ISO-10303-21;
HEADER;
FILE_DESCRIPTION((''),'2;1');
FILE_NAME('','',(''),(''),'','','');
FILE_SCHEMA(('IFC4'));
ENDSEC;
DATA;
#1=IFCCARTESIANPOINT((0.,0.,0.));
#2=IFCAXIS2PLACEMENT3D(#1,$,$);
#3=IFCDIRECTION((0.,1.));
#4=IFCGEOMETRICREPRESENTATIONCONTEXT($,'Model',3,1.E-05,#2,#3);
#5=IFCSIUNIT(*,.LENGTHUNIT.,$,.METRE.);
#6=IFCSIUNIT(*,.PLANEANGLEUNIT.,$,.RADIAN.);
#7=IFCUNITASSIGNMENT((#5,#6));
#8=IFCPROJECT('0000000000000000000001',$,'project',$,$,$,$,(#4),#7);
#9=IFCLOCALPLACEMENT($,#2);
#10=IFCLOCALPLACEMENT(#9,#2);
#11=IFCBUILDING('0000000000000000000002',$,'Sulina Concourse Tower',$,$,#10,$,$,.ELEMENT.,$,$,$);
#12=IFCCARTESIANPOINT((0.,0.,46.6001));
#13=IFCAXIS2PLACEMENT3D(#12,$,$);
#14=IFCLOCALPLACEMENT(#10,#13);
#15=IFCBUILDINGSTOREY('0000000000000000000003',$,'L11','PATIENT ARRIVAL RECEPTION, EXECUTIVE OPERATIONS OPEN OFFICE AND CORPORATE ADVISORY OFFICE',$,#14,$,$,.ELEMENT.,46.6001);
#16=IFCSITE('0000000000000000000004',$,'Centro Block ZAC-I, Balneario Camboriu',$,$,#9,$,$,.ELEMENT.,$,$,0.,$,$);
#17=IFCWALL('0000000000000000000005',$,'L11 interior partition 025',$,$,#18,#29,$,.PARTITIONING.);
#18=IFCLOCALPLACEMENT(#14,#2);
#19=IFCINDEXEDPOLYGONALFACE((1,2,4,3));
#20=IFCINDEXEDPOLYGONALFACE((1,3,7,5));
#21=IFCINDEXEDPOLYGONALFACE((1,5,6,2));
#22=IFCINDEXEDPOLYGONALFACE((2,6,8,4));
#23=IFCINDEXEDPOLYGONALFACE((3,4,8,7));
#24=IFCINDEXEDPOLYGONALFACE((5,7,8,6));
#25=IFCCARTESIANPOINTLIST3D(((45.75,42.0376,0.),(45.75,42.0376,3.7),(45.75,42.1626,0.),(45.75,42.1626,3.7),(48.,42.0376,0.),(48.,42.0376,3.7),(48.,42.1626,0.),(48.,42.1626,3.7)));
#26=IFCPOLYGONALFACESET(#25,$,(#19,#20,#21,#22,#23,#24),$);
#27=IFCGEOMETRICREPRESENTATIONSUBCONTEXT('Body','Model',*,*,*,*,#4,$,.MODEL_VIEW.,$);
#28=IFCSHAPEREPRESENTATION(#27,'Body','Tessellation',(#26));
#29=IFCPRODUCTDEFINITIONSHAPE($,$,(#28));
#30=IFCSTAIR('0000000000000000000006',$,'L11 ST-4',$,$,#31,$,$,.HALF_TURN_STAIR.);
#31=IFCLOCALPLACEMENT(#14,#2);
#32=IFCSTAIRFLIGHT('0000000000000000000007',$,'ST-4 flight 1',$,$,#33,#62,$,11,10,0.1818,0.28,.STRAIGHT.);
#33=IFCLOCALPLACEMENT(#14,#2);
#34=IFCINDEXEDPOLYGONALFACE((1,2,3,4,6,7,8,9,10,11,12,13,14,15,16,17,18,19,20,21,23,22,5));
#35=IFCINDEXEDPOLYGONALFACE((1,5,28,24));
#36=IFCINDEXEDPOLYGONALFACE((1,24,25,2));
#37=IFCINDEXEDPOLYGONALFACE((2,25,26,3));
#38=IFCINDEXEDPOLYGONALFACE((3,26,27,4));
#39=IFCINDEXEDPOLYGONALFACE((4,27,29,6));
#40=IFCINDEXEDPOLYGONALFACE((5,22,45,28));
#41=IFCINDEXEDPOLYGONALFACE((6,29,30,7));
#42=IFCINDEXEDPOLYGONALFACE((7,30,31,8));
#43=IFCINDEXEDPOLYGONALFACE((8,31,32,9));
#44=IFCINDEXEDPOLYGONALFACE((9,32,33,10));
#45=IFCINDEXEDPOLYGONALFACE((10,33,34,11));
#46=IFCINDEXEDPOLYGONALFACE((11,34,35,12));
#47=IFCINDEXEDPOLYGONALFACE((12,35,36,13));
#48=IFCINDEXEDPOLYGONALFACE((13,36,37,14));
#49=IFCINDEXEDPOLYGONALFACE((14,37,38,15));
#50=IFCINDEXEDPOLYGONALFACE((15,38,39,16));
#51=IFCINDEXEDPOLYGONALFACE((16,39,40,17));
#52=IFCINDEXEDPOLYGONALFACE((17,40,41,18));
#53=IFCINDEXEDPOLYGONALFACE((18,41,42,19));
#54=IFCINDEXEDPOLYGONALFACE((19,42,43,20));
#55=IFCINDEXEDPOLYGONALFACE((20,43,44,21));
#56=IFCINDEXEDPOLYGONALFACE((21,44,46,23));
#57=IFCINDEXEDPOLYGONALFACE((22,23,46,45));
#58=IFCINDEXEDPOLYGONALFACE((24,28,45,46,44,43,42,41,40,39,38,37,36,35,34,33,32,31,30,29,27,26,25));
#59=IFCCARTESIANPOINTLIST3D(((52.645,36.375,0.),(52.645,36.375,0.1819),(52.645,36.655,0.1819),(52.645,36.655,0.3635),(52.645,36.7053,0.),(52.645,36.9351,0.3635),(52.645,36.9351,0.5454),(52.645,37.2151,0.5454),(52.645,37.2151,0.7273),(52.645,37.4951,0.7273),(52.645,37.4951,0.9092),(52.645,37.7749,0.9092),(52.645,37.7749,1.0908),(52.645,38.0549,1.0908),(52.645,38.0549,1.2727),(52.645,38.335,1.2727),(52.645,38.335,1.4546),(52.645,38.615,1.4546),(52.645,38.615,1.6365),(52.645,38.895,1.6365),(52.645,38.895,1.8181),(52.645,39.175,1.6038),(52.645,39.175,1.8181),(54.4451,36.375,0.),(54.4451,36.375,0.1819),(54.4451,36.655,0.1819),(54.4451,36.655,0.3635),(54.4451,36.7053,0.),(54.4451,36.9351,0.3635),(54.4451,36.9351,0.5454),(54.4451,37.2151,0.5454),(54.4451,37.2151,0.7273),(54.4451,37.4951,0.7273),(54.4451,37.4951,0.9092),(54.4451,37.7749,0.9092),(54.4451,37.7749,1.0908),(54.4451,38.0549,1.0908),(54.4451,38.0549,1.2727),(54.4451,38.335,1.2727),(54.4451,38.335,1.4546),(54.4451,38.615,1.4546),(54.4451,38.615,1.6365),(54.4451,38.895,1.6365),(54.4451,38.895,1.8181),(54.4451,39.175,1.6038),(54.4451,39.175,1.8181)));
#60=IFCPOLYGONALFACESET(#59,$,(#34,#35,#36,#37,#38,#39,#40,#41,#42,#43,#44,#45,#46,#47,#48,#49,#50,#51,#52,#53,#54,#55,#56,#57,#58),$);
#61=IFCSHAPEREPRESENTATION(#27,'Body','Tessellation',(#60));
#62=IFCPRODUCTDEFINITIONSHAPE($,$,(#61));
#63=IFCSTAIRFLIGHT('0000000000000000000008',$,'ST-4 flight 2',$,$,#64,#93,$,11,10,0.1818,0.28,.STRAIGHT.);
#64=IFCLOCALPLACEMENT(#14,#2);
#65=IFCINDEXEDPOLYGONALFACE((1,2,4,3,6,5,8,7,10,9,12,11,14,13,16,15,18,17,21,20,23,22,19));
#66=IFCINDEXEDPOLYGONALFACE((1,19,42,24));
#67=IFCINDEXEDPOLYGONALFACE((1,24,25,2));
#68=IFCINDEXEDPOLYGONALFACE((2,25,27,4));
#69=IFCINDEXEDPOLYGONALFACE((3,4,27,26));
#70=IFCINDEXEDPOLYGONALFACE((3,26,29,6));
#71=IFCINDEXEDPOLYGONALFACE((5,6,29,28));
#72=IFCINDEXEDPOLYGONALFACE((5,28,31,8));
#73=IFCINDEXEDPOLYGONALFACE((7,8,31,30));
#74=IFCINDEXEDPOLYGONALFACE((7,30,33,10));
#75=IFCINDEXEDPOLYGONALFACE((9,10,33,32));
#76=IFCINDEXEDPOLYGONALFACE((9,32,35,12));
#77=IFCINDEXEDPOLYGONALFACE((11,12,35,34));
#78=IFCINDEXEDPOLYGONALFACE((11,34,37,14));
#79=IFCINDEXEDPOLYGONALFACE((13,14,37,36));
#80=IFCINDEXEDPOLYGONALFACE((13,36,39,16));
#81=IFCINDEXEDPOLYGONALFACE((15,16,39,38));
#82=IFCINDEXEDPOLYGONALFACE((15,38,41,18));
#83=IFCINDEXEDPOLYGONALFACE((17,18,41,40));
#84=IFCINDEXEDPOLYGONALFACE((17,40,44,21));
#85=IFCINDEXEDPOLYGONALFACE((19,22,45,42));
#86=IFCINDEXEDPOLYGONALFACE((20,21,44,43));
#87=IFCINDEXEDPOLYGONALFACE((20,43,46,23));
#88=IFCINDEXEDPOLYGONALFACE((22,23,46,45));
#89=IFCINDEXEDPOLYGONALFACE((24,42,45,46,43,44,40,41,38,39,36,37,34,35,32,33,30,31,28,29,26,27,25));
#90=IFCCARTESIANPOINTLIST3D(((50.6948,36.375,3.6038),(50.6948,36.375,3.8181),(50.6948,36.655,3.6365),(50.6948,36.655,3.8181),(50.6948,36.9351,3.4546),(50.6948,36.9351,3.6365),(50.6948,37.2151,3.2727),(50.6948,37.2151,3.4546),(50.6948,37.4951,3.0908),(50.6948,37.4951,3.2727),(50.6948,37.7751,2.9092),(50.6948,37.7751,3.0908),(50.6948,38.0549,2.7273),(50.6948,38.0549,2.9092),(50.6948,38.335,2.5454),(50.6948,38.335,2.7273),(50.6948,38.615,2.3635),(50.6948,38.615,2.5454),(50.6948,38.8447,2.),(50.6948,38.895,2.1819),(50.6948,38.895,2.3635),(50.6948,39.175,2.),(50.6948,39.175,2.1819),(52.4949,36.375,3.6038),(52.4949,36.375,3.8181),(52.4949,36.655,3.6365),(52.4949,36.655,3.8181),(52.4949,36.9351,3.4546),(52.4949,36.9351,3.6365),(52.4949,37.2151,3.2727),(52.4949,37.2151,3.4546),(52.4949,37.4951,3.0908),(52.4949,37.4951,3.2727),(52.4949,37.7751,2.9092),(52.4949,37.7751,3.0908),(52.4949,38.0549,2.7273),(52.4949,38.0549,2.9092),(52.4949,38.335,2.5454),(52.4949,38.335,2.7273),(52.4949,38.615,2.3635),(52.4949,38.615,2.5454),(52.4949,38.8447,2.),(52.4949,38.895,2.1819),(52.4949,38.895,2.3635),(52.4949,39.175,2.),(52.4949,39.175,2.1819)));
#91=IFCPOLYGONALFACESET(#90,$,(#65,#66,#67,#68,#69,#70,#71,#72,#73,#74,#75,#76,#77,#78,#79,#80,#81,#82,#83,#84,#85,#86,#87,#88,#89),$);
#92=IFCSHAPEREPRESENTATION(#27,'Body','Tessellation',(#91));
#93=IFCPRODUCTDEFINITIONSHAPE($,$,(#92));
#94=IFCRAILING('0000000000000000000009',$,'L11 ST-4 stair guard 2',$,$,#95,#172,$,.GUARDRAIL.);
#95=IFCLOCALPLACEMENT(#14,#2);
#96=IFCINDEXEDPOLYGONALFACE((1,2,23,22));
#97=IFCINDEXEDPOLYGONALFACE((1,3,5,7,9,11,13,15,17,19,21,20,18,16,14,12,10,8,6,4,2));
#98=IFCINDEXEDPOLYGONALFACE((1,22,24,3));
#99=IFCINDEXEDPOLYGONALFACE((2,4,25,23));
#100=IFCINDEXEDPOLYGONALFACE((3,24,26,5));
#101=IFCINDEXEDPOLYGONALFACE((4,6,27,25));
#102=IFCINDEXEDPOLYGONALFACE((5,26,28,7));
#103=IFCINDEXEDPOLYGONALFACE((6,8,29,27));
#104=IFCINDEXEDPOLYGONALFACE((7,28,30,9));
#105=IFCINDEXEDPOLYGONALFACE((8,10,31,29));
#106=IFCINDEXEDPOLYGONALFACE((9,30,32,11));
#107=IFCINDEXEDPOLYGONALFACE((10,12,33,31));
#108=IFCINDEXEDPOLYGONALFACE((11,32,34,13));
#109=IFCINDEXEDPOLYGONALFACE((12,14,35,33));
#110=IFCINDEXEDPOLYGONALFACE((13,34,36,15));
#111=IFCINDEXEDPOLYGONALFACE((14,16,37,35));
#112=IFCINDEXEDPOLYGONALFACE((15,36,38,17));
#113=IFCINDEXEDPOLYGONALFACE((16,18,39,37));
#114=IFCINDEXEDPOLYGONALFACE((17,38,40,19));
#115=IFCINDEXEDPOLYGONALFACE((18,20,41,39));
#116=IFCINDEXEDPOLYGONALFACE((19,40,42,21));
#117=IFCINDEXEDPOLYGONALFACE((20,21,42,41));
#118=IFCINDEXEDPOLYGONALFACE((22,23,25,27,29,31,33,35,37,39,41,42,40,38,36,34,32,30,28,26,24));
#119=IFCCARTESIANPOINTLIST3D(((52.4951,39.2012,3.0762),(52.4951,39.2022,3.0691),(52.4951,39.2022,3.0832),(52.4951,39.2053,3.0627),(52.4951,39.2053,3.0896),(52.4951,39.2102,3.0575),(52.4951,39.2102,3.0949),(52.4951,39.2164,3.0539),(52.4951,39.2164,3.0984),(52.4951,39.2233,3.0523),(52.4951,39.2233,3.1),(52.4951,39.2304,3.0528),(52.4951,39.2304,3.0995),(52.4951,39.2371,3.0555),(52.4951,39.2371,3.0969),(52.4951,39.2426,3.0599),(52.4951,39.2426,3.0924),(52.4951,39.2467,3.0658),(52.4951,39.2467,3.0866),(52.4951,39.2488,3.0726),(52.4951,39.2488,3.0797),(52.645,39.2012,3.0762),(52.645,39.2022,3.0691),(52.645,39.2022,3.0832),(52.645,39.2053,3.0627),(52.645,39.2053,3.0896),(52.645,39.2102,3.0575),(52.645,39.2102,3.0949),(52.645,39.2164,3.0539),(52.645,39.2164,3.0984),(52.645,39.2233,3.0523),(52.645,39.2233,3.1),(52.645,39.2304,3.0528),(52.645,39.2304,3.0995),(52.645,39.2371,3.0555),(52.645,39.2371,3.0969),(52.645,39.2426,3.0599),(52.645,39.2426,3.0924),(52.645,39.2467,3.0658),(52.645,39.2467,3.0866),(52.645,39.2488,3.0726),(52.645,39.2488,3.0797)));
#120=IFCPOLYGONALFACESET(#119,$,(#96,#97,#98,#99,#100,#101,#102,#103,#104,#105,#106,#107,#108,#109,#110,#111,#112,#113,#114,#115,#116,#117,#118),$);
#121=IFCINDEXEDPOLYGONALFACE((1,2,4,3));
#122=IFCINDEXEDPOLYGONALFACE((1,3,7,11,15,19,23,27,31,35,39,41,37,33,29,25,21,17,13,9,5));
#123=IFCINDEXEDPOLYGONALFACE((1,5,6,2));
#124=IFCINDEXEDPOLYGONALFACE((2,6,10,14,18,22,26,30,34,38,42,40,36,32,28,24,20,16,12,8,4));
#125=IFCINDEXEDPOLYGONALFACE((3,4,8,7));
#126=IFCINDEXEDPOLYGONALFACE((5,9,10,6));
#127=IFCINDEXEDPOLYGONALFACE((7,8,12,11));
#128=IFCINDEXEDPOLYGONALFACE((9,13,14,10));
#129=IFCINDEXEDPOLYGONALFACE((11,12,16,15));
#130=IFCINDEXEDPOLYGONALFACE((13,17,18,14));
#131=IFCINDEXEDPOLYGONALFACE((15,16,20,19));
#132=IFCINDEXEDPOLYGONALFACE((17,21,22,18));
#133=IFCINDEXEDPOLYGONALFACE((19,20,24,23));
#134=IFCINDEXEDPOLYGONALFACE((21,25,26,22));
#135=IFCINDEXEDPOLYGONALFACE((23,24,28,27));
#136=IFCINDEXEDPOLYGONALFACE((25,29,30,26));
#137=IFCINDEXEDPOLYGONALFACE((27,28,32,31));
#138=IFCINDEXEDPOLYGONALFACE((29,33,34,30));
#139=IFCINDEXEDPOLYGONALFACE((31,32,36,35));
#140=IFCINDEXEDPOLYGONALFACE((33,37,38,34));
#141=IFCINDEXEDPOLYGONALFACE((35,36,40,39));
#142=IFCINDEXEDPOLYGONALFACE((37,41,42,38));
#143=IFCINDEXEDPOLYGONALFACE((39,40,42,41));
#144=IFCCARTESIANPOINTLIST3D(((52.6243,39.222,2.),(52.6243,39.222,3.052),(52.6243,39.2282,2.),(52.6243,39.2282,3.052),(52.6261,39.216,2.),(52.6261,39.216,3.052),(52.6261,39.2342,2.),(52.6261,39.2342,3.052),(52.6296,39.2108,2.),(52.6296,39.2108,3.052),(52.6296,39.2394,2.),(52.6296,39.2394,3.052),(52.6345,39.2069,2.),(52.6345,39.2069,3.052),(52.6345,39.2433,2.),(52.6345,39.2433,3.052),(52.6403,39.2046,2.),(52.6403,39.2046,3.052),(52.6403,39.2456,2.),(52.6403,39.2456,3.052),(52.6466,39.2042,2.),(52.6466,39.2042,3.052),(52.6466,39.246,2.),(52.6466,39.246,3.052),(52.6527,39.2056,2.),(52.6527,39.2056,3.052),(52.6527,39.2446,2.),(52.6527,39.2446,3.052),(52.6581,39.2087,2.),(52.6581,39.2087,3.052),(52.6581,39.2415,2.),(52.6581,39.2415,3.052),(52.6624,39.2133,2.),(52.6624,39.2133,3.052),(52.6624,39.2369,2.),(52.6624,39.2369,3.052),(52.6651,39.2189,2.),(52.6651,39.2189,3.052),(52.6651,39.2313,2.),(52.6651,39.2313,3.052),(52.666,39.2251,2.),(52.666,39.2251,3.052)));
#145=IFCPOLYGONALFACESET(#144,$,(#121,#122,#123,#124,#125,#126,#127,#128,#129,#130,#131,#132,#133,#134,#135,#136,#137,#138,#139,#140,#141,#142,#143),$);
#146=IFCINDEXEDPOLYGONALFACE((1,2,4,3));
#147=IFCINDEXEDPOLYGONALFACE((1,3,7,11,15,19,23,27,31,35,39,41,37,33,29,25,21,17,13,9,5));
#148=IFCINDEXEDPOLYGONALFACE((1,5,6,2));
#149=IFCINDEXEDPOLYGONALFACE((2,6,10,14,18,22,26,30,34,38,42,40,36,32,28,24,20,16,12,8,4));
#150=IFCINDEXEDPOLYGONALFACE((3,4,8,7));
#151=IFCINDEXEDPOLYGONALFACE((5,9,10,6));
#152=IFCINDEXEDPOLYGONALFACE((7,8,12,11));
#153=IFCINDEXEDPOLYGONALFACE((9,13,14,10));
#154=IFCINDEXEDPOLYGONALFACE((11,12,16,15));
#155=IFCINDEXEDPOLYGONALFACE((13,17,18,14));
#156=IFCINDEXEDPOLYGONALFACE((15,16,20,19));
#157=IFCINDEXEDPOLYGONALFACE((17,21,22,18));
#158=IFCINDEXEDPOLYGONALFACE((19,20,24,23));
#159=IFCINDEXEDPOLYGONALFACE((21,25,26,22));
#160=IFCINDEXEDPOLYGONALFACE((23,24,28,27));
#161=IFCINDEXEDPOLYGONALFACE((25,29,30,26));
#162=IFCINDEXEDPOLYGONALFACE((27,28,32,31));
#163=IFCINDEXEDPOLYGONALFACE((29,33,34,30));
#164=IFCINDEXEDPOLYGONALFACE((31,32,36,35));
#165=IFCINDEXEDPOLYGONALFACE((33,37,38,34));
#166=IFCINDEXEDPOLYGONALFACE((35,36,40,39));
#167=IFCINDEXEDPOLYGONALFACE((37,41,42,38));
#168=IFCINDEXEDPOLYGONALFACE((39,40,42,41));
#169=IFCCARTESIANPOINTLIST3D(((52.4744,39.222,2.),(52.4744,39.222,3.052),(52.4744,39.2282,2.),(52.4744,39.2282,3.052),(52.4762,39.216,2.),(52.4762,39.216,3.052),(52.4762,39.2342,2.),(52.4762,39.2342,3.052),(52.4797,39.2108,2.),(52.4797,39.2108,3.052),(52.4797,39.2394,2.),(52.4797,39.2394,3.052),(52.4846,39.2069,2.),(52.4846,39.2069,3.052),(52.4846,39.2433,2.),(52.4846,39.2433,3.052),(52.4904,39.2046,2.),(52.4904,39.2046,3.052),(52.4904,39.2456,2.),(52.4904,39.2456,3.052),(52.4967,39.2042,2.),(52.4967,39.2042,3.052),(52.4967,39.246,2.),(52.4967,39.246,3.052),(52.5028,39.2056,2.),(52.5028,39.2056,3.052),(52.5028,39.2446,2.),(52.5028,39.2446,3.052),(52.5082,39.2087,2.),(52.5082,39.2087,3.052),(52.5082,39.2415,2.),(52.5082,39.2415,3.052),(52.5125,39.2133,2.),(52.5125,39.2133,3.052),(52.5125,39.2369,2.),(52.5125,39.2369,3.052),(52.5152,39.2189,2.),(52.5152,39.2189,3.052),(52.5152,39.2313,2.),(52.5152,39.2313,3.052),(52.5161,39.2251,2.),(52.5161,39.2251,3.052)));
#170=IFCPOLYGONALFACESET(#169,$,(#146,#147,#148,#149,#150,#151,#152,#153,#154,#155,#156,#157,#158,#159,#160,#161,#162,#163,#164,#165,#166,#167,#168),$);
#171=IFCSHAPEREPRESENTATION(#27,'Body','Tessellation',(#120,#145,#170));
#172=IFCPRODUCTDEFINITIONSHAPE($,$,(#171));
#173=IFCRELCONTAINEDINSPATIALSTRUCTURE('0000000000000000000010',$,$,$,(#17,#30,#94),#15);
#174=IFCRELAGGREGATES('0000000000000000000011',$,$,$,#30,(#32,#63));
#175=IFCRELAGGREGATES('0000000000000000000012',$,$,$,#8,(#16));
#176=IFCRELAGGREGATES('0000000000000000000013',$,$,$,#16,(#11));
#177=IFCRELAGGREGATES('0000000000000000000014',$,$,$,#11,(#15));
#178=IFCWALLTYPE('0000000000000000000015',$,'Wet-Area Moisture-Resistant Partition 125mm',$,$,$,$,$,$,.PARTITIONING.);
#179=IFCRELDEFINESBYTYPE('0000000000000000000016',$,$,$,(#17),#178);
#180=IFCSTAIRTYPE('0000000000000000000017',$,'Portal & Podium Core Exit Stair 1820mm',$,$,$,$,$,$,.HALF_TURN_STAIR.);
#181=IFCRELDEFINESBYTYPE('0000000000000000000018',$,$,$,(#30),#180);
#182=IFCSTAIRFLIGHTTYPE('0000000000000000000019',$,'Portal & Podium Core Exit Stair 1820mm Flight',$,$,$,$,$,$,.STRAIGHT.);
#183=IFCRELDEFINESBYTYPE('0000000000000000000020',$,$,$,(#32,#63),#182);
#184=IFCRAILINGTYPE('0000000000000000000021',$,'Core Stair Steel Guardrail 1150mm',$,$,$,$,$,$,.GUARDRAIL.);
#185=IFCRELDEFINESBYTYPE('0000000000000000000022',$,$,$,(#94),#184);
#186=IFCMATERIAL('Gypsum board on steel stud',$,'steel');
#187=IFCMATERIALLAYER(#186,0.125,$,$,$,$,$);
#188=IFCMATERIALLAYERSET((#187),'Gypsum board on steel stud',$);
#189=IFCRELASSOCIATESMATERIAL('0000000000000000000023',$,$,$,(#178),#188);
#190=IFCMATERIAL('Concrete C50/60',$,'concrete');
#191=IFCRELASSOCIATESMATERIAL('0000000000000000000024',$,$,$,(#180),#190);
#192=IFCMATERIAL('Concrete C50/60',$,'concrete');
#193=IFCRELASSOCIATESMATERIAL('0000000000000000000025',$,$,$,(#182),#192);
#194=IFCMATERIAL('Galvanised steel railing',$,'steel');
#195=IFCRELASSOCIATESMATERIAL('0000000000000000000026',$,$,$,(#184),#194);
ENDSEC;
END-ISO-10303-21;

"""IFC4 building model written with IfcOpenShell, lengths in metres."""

from ifc_helpers import new_model, si_unit, direction, frame, frame_2d, origin, origin_2d, place, context, subcontext, project, spatial, polyline, rectangle, circle, outline, extrude, material, layer, layer_set, type_object, element, aggregate, save


model = new_model("IFC4")

# Units and contexts
model_context = context("Model", 3, precision=1e-05, world=origin(), true_north=direction((0.0, 1.0)))
body_context = subcontext(model_context, "Body", "Model", "MODEL_VIEW")
ifc_project = project(units=[si_unit("LENGTHUNIT", "METRE"), si_unit("PLANEANGLEUNIT", "RADIAN")], contexts=[model_context])

# Site, building, storey
site_placement = place(None, origin())
site = spatial("IfcSite", under=ifc_project, at=site_placement, Name="Centro Block ZAC-I, Balneario Camboriu", CompositionType="ELEMENT", RefElevation=0.0)
building_placement = place(site_placement, origin())
building = spatial("IfcBuilding", under=site, at=building_placement, Name="Sulina Concourse Tower", CompositionType="ELEMENT")
storey_placement = place(building_placement, frame((0.0, 0.0, 46.6001)))
storey = spatial("IfcBuildingStorey", under=building, at=storey_placement, Name="L11", Description="PATIENT ARRIVAL RECEPTION, EXECUTIVE OPERATIONS OPEN OFFICE AND CORPORATE ADVISORY OFFICE", CompositionType="ELEMENT", Elevation=46.6001)

# Wall
ifc_material_1 = material(Name="Gypsum board on steel stud", Category="steel")
ifc_layer_1 = layer(ifc_material_1, 0.125)
ifc_layer_set_1 = layer_set([ifc_layer_1], Name="Gypsum board on steel stud")
wall_type_1 = type_object("IfcWallType", Name="Wet-Area Moisture-Resistant Partition 125mm", PredefinedType="PARTITIONING", material=ifc_layer_set_1)
wall_1_placement = place(storey_placement, frame((45.75, 42.1001, 0.0), z_axis=(0.0, 0.0, 1.0), x_axis=(1.0, 0.0, 0.0)))
element("IfcWall", 1, at=wall_1_placement, inside=storey, type_object=wall_type_1, Name="L11 interior partition 025", PredefinedType="PARTITIONING", context=body_context, shape_type="SweptSolid", body=[
    extrude(rectangle(XDim=2.25, YDim=0.125, at=frame_2d((1.125, 0.0))), origin(), (0.0, 0.0, 1.0), 3.7),
])

# Stair, stair flights
ifc_material_2 = material(Name="Concrete C50/60", Category="concrete")
stair_type = type_object("IfcStairType", Name="Portal & Podium Core Exit Stair 1820mm", PredefinedType="HALF_TURN_STAIR", material=ifc_material_2)
stair_placement = place(storey_placement, origin())
stair = element("IfcStair", 2, at=stair_placement, inside=storey, type_object=stair_type, Name="L11 ST-4", PredefinedType="HALF_TURN_STAIR")
ifc_material_3 = material(Name="Concrete C50/60", Category="concrete")
stair_flight_type = type_object("IfcStairFlightType", Name="Portal & Podium Core Exit Stair 1820mm Flight", PredefinedType="STRAIGHT", material=ifc_material_3)
stair_flight_1_placement = place(storey_placement, frame((53.5449, 36.375, 0.0), z_axis=(0.0, 0.0, 1.0), x_axis=(0.0, 1.0, 0.0)))
stair_flight_1 = element("IfcStairFlight", 3, at=stair_flight_1_placement, type_object=stair_flight_type, Name="ST-4 flight 1", NumberOfRisers=11, NumberOfTreads=10, PredefinedType="STRAIGHT", RiserHeight=0.1818, TreadLength=0.28, context=body_context, shape_type="SweptSolid", body=[
    extrude(outline(polyline([(0.0, 0.0), (0.0, 0.1819), (0.28, 0.1819), (0.28, 0.3635), (0.5601, 0.3635), (0.5601, 0.5454), (0.8401, 0.5454), (0.8401, 0.7273), (1.1201, 0.7273), (1.1201, 0.9092), (1.3999, 0.9092), (1.3999, 1.0908), (1.6799, 1.0908), (1.6799, 1.2727), (1.96, 1.2727), (1.96, 1.4546), (2.24, 1.4546), (2.24, 1.6365), (2.52, 1.6365), (2.52, 1.8181), (2.8, 1.8181), (2.8, 2.0), (2.8, 1.6038), (0.3303, 0.0), (0.0, 0.0)])), frame((0.0, 0.8999, 0.0), z_axis=(0.0, -1.0, 0.0), x_axis=(1.0, 0.0, 0.0)), (0.0, 0.0, 1.0), 1.8),
])
stair_flight_2_placement = place(storey_placement, frame((51.595, 39.175, 2.0), z_axis=(0.0, 0.0, 1.0), x_axis=(0.0, -1.0, 0.0)))
stair_flight_2 = element("IfcStairFlight", 4, at=stair_flight_2_placement, type_object=stair_flight_type, Name="ST-4 flight 2", NumberOfRisers=11, NumberOfTreads=10, PredefinedType="STRAIGHT", RiserHeight=0.1818, TreadLength=0.28, context=body_context, shape_type="SweptSolid", body=[
    extrude(outline(polyline([(0.0, 0.0), (0.0, 0.1819), (0.28, 0.1819), (0.28, 0.3635), (0.5601, 0.3635), (0.5601, 0.5454), (0.8401, 0.5454), (0.8401, 0.7273), (1.1201, 0.7273), (1.1201, 0.9092), (1.3999, 0.9092), (1.3999, 1.0908), (1.6799, 1.0908), (1.6799, 1.2727), (1.96, 1.2727), (1.96, 1.4546), (2.24, 1.4546), (2.24, 1.6365), (2.52, 1.6365), (2.52, 1.8181), (2.8, 1.8181), (2.8, 2.0), (2.8, 1.6038), (0.3303, 0.0), (0.0, 0.0)])), frame((0.0, 0.8999, 0.0), z_axis=(0.0, -1.0, 0.0), x_axis=(1.0, 0.0, 0.0)), (0.0, 0.0, 1.0), 1.8),
])
aggregate(stair, [stair_flight_1, stair_flight_2])

# Railing
ifc_material_4 = material(Name="Galvanised steel railing", Category="steel")
railing_type_1 = type_object("IfcRailingType", Name="Core Stair Steel Guardrail 1150mm", PredefinedType="GUARDRAIL", material=ifc_material_4)
railing_1_placement = place(storey_placement, frame((52.645, 39.2251, 2.0)))
element("IfcRailing", 5, at=railing_1_placement, inside=storey, type_object=railing_type_1, Name="L11 ST-4 stair guard 2", PredefinedType="GUARDRAIL", context=body_context, shape_type="SweptSolid", body=[
    extrude(circle(Radius=0.0239, at=origin_2d()), frame((0.0, 0.0, 1.0762), z_axis=(-1.0, 0.0, 0.0), x_axis=(0.0, -1.0, 0.0)), (0.0, 0.0, 1.0), 0.1499),
    extrude(circle(Radius=0.021, at=origin_2d()), origin(), (0.0, 0.0, 1.0), 1.052),
    extrude(circle(Radius=0.021, at=origin_2d()), frame((-0.1499, 0.0, 0.0)), (0.0, 0.0, 1.0), 1.052),
])

save(model, "model.ifc")
